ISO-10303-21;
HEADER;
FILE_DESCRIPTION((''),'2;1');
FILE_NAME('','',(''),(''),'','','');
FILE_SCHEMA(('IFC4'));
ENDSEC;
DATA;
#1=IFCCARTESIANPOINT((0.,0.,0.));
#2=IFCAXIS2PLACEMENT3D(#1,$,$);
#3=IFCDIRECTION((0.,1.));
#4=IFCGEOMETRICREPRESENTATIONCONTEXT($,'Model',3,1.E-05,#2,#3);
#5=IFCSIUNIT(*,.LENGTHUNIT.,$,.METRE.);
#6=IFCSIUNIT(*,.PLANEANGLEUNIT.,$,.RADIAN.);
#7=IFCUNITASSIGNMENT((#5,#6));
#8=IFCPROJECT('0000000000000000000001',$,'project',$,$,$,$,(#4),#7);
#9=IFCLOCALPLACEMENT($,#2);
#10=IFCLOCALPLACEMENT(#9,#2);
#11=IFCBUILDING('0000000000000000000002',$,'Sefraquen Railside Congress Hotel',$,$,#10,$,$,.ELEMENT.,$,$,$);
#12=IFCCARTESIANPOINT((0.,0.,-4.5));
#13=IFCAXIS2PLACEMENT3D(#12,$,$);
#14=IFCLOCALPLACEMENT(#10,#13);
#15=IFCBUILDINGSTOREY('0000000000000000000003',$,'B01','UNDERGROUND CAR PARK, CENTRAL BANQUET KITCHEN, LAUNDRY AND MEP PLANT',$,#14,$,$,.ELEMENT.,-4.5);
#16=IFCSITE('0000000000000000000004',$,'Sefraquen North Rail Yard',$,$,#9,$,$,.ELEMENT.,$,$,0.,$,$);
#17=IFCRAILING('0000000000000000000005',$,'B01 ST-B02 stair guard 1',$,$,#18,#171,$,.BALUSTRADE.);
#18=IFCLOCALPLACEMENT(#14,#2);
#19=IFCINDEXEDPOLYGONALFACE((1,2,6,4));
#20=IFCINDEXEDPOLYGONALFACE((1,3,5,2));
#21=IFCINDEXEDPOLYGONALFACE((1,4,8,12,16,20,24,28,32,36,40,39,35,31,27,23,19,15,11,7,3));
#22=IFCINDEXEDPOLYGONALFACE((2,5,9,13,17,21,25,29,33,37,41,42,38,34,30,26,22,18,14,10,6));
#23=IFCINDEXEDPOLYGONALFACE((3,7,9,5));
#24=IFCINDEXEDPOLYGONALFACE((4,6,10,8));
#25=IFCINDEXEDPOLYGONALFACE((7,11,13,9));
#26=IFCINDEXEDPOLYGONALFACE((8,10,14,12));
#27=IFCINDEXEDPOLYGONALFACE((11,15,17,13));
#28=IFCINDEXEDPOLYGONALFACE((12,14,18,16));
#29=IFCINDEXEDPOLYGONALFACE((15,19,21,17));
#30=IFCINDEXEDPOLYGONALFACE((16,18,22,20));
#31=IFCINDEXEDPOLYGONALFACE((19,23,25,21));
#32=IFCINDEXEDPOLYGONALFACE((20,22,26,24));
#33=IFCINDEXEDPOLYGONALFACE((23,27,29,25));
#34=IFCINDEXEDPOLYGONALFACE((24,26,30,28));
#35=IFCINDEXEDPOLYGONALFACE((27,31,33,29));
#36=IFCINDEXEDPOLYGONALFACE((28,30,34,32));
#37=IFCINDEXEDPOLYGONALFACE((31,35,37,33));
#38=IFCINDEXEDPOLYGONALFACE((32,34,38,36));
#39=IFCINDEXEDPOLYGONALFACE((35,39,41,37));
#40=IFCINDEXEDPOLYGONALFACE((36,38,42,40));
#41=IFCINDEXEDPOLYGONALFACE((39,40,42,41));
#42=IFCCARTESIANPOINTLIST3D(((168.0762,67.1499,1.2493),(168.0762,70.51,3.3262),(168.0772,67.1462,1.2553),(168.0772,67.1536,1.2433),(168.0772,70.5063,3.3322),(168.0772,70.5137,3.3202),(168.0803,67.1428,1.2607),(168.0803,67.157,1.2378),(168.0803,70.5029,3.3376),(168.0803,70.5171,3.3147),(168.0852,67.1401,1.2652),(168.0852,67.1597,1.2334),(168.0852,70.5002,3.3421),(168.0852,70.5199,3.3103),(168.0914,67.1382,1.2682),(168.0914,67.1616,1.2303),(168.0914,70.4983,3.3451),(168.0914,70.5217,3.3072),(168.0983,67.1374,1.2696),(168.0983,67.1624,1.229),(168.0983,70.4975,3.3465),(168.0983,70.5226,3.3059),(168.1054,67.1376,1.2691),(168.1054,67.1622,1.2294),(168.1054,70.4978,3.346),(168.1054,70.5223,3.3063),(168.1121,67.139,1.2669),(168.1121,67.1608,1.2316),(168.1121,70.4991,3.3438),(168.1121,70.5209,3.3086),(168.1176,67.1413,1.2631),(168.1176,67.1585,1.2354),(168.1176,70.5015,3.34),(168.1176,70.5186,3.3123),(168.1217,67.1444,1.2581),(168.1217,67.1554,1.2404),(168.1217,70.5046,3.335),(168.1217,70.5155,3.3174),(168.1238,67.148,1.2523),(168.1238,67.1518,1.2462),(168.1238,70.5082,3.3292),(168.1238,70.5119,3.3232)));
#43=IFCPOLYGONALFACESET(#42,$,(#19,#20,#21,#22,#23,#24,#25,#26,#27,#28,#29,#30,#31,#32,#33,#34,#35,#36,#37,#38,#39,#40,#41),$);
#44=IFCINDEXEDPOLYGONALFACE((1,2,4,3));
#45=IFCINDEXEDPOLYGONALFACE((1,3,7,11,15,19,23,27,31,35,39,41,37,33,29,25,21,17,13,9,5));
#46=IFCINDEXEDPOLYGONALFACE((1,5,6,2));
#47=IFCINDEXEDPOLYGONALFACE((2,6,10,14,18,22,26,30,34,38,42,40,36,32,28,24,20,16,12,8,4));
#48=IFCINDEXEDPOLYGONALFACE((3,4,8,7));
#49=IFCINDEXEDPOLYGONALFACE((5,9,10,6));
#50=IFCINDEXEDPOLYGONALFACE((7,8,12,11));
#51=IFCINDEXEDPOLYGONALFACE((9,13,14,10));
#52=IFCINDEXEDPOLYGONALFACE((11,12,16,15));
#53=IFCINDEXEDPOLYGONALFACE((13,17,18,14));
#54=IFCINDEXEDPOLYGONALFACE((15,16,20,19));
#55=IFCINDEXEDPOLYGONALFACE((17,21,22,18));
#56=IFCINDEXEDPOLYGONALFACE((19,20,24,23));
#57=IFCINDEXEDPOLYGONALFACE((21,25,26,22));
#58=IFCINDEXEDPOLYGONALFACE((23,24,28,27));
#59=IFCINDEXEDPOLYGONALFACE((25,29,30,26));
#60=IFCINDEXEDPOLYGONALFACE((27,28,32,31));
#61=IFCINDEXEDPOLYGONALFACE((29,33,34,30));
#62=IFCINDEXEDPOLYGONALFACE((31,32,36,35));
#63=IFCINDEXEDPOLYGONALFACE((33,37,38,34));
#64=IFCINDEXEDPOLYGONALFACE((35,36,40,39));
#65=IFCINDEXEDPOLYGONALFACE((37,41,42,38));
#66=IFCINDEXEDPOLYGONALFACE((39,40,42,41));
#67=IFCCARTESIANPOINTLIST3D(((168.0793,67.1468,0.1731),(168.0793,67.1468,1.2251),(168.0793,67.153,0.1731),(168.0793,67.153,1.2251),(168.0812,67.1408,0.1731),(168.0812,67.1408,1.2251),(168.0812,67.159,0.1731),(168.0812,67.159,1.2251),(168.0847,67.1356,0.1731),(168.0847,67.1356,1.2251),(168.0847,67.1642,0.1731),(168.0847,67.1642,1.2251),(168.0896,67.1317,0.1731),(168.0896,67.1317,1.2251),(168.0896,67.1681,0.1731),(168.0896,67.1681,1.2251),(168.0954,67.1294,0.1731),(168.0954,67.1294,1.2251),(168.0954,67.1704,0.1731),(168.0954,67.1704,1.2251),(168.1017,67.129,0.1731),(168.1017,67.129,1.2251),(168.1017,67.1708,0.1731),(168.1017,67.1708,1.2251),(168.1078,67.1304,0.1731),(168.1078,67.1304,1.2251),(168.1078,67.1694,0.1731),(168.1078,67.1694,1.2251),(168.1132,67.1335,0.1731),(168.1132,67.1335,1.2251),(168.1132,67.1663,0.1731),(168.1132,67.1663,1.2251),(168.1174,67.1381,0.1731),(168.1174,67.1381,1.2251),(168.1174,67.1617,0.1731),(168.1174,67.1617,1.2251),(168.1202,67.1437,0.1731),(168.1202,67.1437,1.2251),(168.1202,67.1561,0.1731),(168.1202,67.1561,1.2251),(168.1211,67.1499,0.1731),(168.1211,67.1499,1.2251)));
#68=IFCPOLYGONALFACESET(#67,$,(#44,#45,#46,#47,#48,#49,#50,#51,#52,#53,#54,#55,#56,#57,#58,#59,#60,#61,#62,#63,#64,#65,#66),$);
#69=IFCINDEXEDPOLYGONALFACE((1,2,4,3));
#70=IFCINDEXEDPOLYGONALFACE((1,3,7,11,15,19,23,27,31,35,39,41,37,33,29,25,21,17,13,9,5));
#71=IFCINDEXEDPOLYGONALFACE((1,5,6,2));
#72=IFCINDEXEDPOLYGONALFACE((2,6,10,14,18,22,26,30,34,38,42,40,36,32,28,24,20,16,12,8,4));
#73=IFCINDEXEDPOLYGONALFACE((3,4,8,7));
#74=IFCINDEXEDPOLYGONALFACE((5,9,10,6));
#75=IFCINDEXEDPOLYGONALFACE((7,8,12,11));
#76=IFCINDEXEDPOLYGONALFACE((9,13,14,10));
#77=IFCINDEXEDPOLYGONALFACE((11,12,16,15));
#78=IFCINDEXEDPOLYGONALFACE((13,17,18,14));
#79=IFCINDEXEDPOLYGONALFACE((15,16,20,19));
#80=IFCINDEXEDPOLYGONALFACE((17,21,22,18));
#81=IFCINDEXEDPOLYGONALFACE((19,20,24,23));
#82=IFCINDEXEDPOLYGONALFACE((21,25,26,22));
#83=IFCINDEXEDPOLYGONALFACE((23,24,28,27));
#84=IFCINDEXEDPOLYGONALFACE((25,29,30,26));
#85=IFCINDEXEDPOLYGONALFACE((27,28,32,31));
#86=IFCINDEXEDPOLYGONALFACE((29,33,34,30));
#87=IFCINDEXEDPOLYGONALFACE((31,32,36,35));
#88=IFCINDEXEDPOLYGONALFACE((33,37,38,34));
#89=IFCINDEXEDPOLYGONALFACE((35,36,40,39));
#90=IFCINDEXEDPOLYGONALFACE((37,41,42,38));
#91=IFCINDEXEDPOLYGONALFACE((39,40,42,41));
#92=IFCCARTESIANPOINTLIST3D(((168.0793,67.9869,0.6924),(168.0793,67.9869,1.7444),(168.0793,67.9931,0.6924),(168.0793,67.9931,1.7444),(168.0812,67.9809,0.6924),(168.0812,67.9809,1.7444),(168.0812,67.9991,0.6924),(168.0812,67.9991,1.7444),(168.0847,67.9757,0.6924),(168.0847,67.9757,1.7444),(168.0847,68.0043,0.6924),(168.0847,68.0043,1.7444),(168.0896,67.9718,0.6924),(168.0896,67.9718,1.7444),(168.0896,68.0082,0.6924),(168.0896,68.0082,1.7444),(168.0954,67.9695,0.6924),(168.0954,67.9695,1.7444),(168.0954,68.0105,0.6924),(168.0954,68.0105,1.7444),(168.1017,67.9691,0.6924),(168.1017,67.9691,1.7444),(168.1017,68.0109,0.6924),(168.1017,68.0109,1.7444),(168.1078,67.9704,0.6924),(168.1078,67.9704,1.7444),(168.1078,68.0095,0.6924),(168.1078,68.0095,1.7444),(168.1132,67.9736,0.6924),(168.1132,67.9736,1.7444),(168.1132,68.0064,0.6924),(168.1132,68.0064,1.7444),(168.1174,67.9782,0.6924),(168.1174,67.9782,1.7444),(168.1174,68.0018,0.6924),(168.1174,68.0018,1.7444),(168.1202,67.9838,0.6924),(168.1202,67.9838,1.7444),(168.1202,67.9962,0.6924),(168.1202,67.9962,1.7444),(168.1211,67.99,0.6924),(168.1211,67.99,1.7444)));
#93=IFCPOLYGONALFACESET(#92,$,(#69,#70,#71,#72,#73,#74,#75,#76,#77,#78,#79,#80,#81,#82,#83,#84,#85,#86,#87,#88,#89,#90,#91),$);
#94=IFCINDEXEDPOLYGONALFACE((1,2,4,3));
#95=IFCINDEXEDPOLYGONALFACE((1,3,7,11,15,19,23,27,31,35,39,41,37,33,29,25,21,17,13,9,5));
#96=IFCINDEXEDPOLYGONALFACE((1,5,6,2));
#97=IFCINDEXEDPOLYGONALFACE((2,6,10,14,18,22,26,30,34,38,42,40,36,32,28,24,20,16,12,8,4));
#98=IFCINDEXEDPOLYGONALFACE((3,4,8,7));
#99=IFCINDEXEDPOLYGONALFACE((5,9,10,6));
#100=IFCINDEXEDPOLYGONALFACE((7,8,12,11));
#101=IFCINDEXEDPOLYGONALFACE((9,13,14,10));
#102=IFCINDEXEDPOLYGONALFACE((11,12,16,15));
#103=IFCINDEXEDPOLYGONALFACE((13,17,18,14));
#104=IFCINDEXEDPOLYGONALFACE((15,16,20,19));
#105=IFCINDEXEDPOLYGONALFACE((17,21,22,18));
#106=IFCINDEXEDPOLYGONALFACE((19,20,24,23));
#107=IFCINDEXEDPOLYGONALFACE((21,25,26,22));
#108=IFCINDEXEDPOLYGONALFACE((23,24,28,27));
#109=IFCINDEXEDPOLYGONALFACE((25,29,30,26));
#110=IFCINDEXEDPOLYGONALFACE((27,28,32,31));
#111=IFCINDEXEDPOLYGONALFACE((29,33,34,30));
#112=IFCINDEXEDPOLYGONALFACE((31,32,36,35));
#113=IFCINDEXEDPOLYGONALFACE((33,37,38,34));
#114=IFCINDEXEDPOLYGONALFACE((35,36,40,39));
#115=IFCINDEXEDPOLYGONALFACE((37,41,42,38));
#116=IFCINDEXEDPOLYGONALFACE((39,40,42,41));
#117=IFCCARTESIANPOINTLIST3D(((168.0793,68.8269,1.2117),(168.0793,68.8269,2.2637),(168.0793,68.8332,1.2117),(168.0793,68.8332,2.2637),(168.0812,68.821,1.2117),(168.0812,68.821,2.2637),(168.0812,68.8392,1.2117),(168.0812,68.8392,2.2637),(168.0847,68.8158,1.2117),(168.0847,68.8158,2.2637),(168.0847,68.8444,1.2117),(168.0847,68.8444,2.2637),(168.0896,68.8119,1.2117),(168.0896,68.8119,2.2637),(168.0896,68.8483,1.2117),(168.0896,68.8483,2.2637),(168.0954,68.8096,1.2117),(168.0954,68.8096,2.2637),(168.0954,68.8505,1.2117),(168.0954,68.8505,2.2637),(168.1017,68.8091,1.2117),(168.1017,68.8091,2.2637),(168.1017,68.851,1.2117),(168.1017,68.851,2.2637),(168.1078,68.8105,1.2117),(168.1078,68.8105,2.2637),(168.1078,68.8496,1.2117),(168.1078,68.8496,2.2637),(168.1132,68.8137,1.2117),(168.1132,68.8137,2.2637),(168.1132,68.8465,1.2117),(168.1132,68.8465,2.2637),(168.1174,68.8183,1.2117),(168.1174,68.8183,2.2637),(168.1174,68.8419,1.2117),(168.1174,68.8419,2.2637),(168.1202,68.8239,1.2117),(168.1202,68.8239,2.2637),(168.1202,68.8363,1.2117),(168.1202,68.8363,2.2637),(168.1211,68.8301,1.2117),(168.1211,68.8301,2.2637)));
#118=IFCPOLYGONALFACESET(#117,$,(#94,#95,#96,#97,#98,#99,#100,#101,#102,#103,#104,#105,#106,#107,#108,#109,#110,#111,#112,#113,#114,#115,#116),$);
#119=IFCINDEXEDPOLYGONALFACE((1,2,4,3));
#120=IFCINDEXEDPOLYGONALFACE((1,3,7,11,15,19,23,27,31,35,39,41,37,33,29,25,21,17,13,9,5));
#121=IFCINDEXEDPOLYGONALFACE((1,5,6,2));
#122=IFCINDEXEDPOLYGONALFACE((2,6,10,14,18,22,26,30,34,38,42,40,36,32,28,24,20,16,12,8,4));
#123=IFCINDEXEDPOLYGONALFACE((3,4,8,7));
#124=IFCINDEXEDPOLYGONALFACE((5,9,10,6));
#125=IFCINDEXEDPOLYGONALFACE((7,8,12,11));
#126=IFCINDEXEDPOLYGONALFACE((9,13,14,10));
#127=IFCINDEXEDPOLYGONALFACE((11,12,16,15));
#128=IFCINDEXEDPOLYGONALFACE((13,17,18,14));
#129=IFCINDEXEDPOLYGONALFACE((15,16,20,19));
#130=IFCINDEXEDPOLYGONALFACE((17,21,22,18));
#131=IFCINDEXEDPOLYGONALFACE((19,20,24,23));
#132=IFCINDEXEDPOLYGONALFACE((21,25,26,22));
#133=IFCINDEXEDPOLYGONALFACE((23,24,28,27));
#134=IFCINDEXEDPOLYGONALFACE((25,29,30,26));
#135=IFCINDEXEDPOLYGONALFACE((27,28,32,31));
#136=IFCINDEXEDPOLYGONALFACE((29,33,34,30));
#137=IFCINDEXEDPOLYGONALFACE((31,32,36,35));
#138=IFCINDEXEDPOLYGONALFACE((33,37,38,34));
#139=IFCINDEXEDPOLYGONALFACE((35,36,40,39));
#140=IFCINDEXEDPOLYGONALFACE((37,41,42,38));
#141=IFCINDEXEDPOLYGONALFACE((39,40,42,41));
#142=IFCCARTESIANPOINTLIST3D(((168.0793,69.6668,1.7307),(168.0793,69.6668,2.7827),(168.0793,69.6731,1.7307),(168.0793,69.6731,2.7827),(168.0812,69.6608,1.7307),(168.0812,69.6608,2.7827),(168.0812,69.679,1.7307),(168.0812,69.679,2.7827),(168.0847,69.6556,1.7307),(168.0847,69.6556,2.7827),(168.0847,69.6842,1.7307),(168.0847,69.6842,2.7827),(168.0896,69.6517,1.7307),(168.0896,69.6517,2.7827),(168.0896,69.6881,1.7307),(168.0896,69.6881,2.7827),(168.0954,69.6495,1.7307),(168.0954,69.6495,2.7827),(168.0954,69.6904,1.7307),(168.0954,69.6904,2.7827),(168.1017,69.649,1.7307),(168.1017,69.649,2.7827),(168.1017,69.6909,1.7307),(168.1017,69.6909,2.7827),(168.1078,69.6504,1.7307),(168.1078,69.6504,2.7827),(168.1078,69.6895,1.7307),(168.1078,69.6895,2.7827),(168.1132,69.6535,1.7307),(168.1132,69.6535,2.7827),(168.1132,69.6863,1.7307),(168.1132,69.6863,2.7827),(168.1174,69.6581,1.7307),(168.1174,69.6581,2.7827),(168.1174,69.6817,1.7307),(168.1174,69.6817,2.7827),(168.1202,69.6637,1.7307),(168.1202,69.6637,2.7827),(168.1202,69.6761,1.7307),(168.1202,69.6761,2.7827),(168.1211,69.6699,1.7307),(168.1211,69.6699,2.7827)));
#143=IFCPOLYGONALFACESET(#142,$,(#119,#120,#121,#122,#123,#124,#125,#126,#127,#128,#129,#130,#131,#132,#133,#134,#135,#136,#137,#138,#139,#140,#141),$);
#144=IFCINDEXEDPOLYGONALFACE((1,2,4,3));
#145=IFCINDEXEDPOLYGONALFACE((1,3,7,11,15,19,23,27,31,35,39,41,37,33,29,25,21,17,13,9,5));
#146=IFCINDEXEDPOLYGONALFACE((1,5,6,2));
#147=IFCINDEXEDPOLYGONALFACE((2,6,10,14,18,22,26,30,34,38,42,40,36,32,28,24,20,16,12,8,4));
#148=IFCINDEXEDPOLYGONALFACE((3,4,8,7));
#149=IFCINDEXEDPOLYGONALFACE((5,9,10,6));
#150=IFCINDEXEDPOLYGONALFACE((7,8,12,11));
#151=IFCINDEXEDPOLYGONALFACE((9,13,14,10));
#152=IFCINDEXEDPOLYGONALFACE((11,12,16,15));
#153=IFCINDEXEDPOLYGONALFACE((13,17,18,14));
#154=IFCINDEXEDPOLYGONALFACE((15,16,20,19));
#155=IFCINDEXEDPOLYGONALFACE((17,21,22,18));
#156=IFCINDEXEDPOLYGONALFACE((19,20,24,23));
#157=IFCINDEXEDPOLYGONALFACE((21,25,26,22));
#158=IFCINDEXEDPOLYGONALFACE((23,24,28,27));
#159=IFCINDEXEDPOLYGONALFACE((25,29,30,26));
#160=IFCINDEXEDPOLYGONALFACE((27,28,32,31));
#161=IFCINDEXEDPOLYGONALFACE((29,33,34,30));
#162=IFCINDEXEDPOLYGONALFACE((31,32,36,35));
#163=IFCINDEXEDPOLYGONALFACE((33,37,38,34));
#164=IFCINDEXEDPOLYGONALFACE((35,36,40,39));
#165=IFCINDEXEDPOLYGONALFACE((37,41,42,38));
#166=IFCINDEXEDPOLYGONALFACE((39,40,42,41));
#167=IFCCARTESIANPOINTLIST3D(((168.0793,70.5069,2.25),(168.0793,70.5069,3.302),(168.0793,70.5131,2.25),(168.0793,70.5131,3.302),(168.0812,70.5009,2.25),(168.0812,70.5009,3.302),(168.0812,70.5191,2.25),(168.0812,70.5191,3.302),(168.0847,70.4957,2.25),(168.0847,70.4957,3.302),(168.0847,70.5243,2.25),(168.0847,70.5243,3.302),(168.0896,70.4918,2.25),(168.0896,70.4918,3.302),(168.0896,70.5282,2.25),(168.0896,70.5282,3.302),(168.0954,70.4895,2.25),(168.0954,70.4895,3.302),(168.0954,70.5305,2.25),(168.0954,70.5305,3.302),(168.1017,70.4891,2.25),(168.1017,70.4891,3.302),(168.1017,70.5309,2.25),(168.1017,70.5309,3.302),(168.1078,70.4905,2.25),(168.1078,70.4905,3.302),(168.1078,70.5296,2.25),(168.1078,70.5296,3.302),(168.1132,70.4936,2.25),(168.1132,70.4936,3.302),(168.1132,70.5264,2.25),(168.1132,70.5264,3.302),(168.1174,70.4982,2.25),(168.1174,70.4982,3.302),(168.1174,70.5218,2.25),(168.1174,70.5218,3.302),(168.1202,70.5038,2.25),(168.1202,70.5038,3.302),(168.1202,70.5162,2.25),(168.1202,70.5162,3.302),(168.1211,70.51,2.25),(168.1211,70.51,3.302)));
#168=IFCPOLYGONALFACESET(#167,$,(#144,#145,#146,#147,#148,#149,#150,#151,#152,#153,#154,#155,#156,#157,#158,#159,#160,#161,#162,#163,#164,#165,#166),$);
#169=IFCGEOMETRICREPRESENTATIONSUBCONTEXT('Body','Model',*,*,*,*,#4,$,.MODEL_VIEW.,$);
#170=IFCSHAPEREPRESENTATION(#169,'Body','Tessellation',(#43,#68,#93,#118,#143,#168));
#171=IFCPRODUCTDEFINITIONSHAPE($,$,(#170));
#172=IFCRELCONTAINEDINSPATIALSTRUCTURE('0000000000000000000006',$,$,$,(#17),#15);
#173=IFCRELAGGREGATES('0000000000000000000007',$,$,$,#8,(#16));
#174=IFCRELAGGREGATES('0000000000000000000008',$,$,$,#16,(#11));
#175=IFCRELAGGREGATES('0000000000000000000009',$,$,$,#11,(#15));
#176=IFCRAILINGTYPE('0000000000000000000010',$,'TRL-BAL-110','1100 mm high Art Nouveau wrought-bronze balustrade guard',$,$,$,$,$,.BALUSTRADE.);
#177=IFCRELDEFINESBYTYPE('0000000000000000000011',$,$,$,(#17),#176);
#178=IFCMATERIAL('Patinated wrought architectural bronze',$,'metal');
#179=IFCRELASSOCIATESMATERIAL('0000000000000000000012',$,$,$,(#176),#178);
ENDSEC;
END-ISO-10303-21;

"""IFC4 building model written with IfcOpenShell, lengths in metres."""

from ifc_helpers import new_model, si_unit, direction, frame, origin, origin_2d, place, context, subcontext, project, spatial, circle, extrude, material, type_object, element, save


model = new_model("IFC4")

# Units and contexts
model_context = context("Model", 3, precision=1e-05, world=origin(), true_north=direction((0.0, 1.0)))
body_context = subcontext(model_context, "Body", "Model", "MODEL_VIEW")
ifc_project = project(units=[si_unit("LENGTHUNIT", "METRE"), si_unit("PLANEANGLEUNIT", "RADIAN")], contexts=[model_context])

# Site, building, storey
site_placement = place(None, origin())
site = spatial("IfcSite", under=ifc_project, at=site_placement, Name="Sefraquen North Rail Yard", CompositionType="ELEMENT", RefElevation=0.0)
building_placement = place(site_placement, origin())
building = spatial("IfcBuilding", under=site, at=building_placement, Name="Sefraquen Railside Congress Hotel", CompositionType="ELEMENT")
storey_placement = place(building_placement, frame((0.0, 0.0, -4.5)))
storey = spatial("IfcBuildingStorey", under=building, at=storey_placement, Name="B01", Description="UNDERGROUND CAR PARK, CENTRAL BANQUET KITCHEN, LAUNDRY AND MEP PLANT", CompositionType="ELEMENT", Elevation=-4.5)

# Railing
ifc_material_1 = material(Name="Patinated wrought architectural bronze", Category="metal")
railing_type_1 = type_object("IfcRailingType", Name="TRL-BAL-110", Description="1100 mm high Art Nouveau wrought-bronze balustrade guard", PredefinedType="BALUSTRADE", material=ifc_material_1)
railing_1_placement = place(storey_placement, frame((168.1001, 67.1499, 0.1731)))
element("IfcRailing", 1, at=railing_1_placement, inside=storey, type_object=railing_type_1, Name="B01 ST-B02 stair guard 1", PredefinedType="BALUSTRADE", context=body_context, shape_type="SweptSolid", body=[
    extrude(circle(Radius=0.0239, at=origin_2d()), frame((0.0, 0.0, 1.0762), z_axis=(0.0, 0.850623, 0.525776), x_axis=(-1.0, 0.0, 0.0)), (0.0, 0.0, 1.0), 3.9502),
    extrude(circle(Radius=0.021, at=origin_2d()), origin(), (0.0, 0.0, 1.0), 1.052),
    extrude(circle(Radius=0.021, at=origin_2d()), frame((0.0, 0.8401, 0.5193)), (0.0, 0.0, 1.0), 1.052),
    extrude(circle(Radius=0.021, at=origin_2d()), frame((0.0, 1.6802, 1.0386)), (0.0, 0.0, 1.0), 1.052),
    extrude(circle(Radius=0.021, at=origin_2d()), frame((0.0, 2.52, 1.5576)), (0.0, 0.0, 1.0), 1.052),
    extrude(circle(Radius=0.021, at=origin_2d()), frame((0.0, 3.3601, 2.0769)), (0.0, 0.0, 1.0), 1.052),
])

save(model, "model.ifc")
